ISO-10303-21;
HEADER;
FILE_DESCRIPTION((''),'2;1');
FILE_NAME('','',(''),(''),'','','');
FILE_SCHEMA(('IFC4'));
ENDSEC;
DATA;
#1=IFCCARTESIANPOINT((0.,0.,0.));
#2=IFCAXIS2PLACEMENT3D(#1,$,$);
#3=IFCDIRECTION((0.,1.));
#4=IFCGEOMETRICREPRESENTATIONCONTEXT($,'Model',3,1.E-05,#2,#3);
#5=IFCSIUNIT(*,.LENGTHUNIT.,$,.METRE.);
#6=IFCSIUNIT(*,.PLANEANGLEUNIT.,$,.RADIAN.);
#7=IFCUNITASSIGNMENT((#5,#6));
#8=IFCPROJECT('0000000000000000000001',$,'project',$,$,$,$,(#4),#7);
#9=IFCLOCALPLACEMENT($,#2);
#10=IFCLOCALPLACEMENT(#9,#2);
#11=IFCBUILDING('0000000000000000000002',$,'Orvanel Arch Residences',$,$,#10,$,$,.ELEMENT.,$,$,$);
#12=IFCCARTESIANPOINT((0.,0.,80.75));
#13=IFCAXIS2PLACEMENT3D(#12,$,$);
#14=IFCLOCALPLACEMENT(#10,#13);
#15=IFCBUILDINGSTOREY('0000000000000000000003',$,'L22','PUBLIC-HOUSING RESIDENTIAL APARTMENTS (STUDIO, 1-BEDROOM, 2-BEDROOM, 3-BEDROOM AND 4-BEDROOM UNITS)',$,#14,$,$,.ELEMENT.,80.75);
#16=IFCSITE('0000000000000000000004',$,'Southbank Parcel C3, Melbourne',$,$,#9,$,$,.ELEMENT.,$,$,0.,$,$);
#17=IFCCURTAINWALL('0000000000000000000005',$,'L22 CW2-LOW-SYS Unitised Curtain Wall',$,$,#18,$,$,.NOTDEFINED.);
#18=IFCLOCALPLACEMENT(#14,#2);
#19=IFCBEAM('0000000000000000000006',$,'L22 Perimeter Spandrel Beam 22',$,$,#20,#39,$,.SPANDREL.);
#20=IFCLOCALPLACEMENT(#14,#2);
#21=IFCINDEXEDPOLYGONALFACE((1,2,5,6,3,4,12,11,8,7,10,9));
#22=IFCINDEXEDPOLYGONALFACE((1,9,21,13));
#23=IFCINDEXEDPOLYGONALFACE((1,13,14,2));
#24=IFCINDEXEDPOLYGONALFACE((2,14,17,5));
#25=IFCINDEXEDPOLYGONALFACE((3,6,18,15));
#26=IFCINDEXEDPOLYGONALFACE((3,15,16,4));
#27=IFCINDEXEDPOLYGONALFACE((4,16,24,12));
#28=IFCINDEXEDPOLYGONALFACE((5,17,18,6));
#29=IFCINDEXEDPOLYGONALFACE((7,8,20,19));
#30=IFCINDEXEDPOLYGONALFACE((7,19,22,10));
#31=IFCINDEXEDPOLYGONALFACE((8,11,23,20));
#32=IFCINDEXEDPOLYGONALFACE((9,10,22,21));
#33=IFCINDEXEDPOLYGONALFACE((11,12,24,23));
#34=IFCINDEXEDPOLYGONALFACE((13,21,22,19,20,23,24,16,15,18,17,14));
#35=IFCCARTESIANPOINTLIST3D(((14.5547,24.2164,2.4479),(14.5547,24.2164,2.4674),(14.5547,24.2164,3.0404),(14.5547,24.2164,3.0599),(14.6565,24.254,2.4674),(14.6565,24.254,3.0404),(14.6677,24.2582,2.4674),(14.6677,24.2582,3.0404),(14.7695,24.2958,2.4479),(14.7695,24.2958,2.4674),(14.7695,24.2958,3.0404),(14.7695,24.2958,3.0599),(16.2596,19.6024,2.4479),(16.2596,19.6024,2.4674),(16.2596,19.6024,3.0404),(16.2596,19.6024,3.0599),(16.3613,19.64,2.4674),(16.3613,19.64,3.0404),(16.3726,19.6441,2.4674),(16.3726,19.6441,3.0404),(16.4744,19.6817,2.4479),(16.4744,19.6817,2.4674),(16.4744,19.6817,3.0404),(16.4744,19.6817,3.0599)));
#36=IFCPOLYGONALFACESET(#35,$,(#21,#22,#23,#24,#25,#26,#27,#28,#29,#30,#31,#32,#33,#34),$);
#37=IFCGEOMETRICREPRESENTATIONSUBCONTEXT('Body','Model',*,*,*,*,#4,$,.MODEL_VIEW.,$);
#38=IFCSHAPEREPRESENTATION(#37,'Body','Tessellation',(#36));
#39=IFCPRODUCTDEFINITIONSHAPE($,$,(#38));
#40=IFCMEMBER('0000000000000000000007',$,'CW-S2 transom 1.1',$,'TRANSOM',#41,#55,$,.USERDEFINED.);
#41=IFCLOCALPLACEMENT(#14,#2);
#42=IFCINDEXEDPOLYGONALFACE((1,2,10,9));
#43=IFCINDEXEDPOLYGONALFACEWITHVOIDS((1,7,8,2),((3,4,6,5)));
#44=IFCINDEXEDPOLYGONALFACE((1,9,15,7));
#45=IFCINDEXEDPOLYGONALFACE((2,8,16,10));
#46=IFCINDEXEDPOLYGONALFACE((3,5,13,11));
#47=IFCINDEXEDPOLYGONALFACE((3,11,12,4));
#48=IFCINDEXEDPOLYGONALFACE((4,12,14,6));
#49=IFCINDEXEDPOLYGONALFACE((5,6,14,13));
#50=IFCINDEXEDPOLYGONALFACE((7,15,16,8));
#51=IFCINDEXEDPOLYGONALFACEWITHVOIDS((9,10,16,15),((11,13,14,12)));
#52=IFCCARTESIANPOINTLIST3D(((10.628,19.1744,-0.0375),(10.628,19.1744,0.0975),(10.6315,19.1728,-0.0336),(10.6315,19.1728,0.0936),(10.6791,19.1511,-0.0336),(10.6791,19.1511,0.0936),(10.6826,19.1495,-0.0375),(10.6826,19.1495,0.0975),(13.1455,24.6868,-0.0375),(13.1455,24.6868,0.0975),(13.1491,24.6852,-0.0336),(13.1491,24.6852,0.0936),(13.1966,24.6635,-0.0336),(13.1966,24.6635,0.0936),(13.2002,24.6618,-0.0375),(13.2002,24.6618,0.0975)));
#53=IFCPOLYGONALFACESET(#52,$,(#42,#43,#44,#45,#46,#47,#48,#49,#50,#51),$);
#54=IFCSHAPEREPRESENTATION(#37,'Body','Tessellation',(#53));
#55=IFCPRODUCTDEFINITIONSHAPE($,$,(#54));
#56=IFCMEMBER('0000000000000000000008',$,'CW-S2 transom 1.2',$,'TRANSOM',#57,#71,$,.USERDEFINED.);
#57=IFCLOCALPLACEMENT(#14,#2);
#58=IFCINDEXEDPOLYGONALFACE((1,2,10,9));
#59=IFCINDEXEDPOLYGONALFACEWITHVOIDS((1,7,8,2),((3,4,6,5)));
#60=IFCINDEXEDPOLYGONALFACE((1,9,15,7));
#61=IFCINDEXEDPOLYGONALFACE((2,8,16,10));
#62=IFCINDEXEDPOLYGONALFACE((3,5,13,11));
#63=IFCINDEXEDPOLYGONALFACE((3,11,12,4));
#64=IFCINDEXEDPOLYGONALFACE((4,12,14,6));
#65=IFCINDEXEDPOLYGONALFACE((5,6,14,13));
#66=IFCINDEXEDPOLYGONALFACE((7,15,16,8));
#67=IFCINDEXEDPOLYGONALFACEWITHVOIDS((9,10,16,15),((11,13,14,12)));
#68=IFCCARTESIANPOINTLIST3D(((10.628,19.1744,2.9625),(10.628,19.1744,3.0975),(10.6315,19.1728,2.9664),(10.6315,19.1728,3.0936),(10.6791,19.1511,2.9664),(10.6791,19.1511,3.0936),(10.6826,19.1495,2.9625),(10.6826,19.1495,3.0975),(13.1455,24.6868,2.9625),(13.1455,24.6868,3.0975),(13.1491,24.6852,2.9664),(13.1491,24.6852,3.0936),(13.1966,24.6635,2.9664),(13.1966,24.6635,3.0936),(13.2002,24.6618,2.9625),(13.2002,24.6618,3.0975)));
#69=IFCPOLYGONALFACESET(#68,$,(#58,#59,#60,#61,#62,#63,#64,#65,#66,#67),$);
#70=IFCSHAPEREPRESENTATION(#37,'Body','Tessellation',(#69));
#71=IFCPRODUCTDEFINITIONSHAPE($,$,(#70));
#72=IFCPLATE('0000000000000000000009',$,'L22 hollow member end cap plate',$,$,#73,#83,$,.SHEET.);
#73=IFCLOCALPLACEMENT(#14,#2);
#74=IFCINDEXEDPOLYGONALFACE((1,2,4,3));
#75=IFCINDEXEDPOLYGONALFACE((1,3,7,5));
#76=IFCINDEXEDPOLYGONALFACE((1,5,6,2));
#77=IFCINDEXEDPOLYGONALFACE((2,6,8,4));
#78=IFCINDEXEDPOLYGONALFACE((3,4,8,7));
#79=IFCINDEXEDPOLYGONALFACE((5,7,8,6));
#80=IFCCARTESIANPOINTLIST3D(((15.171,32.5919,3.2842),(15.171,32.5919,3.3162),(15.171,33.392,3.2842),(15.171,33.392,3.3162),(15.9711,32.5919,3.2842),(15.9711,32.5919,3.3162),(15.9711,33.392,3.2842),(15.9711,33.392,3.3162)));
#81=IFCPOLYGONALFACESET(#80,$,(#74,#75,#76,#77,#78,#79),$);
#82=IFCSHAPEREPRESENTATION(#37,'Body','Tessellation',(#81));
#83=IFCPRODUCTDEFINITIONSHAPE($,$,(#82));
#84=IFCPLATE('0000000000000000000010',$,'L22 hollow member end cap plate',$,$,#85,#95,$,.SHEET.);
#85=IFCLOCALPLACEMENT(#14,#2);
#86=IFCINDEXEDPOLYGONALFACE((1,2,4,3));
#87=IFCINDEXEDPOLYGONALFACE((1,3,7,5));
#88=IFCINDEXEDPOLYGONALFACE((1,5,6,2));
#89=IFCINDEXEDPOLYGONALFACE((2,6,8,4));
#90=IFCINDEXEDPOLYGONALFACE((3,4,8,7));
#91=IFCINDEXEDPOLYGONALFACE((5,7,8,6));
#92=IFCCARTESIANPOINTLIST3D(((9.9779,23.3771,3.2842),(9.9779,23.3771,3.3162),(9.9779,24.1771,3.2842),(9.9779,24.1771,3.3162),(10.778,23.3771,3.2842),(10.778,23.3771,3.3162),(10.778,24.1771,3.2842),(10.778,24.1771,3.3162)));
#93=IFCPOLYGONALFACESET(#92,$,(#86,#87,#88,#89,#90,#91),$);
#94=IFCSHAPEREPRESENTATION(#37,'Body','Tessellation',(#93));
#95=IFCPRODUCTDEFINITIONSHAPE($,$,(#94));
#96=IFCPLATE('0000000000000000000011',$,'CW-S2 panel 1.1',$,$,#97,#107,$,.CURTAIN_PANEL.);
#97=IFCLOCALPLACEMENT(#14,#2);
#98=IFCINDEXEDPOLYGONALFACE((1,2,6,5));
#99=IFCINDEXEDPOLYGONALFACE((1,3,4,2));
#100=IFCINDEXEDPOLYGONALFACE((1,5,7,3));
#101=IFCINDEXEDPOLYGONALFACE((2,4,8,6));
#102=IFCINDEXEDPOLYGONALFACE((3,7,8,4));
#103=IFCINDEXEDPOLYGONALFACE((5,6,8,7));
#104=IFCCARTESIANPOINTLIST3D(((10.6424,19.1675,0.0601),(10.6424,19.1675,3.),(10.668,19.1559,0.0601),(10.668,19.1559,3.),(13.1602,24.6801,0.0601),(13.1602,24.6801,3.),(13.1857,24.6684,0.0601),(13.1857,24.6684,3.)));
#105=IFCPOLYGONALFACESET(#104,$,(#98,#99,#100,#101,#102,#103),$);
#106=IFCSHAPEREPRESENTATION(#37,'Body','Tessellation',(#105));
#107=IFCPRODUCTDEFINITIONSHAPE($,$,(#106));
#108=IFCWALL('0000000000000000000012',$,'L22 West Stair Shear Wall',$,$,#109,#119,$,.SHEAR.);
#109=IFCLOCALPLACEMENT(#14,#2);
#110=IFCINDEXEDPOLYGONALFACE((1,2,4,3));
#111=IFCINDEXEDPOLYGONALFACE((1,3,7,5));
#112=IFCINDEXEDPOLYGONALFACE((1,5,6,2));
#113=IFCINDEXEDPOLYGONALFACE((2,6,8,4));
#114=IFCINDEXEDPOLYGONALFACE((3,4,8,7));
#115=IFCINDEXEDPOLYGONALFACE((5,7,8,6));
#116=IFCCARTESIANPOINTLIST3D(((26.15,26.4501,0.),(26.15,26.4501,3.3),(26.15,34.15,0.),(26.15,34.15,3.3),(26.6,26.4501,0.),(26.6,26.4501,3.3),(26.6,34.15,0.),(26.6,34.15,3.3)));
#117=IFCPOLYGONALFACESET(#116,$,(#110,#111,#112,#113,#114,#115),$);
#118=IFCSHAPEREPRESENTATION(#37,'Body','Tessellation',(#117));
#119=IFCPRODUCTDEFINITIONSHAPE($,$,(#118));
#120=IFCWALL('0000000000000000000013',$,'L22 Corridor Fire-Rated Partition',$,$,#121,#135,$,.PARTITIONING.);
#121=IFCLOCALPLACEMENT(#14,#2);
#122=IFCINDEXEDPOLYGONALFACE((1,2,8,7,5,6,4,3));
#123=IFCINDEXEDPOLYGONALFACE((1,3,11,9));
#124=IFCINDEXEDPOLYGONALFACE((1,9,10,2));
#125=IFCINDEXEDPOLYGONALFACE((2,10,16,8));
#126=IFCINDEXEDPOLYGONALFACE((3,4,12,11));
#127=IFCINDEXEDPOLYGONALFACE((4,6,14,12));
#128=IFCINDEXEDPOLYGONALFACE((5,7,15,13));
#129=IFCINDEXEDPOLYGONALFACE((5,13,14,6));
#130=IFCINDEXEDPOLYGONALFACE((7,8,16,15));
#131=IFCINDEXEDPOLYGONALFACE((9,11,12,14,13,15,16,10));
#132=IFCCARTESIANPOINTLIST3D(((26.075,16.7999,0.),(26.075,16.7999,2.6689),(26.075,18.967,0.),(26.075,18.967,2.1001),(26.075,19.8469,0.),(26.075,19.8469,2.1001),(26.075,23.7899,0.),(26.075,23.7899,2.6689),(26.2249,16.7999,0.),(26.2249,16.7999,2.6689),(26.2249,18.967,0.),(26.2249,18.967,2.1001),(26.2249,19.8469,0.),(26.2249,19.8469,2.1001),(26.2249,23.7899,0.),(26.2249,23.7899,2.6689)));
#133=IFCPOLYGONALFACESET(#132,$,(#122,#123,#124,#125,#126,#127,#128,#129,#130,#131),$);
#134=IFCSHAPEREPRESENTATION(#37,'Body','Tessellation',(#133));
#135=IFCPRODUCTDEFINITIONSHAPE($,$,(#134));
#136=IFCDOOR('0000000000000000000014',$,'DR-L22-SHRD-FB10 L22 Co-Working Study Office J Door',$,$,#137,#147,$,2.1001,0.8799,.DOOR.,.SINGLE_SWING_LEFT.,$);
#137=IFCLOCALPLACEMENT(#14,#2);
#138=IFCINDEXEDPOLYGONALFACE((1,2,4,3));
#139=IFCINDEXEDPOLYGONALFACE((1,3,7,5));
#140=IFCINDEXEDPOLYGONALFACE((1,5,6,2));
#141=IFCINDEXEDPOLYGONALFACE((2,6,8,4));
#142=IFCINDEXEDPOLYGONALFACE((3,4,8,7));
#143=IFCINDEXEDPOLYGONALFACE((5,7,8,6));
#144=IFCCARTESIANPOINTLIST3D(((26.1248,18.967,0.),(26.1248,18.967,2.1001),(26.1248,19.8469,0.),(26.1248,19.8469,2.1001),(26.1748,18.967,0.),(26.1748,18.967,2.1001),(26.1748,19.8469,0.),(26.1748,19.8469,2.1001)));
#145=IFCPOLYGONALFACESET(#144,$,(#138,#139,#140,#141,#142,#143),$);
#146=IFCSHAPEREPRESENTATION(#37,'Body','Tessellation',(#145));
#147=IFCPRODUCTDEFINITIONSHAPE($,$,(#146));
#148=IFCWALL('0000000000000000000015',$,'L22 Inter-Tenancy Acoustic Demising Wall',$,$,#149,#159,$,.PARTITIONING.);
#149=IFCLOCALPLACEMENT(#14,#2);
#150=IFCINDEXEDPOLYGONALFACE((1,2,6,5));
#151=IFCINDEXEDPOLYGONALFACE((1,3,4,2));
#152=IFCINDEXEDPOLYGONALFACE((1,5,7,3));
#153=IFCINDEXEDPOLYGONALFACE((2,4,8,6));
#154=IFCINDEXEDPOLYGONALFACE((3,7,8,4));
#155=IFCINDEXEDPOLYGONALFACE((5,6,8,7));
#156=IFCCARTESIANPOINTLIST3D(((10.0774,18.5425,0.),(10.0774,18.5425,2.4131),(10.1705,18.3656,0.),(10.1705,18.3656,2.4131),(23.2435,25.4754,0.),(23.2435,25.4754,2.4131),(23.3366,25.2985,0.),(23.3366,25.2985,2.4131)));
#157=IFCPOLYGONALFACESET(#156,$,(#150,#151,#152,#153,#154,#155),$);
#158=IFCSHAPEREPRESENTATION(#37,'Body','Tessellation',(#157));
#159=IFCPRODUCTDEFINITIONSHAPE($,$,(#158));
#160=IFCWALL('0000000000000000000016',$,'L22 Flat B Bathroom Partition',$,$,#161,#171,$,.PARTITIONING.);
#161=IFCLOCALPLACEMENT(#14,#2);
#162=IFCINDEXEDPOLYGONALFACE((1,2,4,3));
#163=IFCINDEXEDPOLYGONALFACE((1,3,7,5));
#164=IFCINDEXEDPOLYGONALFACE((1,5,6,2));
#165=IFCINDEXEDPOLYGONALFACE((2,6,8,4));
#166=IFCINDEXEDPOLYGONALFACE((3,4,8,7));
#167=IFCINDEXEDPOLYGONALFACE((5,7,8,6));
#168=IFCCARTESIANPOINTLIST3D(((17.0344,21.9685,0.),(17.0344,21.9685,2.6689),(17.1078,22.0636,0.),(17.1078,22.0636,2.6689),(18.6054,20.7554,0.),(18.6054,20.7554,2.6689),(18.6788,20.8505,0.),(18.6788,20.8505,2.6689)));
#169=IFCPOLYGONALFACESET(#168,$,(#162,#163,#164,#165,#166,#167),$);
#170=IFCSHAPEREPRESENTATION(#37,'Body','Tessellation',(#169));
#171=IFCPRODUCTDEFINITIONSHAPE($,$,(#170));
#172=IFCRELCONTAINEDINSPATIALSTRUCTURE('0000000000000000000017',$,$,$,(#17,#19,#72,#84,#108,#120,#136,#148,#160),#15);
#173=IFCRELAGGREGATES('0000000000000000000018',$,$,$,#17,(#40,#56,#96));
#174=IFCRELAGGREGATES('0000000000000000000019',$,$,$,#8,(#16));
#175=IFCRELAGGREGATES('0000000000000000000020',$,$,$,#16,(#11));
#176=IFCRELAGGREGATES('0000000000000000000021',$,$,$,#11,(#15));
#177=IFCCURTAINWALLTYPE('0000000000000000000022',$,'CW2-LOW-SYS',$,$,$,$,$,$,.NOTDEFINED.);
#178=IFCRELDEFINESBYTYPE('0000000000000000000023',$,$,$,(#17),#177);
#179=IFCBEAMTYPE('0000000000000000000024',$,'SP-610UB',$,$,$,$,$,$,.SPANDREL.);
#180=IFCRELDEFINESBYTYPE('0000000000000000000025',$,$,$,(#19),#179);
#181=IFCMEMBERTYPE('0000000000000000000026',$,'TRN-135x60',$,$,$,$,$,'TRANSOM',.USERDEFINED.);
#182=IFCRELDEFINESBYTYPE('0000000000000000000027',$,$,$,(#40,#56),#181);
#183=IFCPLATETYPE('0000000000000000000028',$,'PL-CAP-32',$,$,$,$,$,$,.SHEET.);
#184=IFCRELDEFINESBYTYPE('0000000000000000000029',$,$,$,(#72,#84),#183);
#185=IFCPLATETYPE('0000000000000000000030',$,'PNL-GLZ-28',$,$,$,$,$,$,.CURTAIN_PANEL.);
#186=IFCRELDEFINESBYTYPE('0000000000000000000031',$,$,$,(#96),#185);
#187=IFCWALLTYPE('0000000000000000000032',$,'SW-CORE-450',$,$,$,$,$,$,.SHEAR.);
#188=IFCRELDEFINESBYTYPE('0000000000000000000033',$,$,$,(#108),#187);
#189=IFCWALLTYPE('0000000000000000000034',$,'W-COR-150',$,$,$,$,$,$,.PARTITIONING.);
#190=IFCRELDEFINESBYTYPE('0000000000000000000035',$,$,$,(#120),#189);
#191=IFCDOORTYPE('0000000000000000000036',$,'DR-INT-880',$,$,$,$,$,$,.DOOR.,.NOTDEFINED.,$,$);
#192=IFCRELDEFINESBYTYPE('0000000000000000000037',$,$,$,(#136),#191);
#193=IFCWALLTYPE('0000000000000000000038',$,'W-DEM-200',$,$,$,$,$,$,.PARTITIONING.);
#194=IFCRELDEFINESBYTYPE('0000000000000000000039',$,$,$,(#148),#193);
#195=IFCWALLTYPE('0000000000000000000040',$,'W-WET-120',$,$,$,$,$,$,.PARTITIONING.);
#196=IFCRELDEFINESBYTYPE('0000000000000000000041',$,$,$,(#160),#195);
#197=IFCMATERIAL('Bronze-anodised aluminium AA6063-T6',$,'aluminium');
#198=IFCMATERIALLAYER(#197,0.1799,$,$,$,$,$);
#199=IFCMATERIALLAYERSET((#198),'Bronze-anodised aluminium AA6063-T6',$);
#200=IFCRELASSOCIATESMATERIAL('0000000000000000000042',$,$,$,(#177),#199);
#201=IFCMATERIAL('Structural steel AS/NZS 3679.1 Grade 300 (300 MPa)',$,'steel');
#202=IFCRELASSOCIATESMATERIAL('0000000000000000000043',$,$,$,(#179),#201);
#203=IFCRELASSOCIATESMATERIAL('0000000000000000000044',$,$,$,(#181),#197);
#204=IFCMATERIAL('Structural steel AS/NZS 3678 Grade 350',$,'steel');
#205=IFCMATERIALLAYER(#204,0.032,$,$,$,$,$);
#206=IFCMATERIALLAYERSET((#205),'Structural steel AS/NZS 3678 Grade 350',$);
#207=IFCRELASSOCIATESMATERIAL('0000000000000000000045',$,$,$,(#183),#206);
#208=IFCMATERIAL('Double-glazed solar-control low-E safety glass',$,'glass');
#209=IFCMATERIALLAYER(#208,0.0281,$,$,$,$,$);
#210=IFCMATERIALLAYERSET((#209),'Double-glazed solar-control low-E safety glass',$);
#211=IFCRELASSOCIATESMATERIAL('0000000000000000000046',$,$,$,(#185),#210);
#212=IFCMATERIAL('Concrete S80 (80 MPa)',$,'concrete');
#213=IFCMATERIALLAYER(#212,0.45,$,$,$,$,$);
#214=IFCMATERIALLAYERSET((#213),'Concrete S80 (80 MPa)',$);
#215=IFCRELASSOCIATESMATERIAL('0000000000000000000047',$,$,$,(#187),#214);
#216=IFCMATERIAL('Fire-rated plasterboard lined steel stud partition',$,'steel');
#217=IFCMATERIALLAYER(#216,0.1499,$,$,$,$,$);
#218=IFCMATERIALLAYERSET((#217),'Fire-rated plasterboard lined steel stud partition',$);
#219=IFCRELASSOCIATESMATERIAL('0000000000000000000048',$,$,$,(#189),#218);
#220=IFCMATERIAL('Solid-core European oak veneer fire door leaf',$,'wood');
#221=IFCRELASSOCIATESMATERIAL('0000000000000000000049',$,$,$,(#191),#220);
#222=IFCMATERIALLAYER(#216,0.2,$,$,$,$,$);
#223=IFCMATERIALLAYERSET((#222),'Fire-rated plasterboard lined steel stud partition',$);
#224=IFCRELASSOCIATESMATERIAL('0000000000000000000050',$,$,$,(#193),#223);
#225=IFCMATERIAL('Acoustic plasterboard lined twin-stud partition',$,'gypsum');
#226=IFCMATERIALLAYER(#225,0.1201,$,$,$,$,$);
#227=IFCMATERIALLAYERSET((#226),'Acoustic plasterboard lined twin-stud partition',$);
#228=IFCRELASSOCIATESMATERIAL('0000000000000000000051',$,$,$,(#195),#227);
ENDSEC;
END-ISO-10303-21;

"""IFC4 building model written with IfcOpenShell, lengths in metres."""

from ifc_helpers import new_model, si_unit, direction, frame, frame_2d, origin, origin_2d, place, context, subcontext, project, spatial, rectangle, hollow_rectangle, i_section, extrude, material, layer, layer_set, material_profile, profile_set, type_object, element, fill, aggregate, save


model = new_model("IFC4")

# Units and contexts
model_context = context("Model", 3, precision=1e-05, world=origin(), true_north=direction((0.0, 1.0)))
body_context = subcontext(model_context, "Body", "Model", "MODEL_VIEW")
ifc_project = project(units=[si_unit("LENGTHUNIT", "METRE"), si_unit("PLANEANGLEUNIT", "RADIAN")], contexts=[model_context])

# Site, building, storey
site_placement = place(None, origin())
site = spatial("IfcSite", under=ifc_project, at=site_placement, Name="Southbank Parcel C3, Melbourne", CompositionType="ELEMENT", RefElevation=0.0)
building_placement = place(site_placement, origin())
building = spatial("IfcBuilding", under=site, at=building_placement, Name="Orvanel Arch Residences", CompositionType="ELEMENT")
storey_placement = place(building_placement, frame((0.0, 0.0, 80.75)))
storey = spatial("IfcBuildingStorey", under=building, at=storey_placement, Name="L22", Description="PUBLIC-HOUSING RESIDENTIAL APARTMENTS (STUDIO, 1-BEDROOM, 2-BEDROOM, 3-BEDROOM AND 4-BEDROOM UNITS)", CompositionType="ELEMENT", Elevation=80.75)

# Shared definitions
ifc_material_1 = material(Name="Structural steel AS/NZS 3679.1 Grade 300 (300 MPa)", Category="steel")

# Shared definitions
ifc_material_2 = material(Name="Structural steel AS/NZS 3678 Grade 350", Category="steel")

# Curtain wall
ifc_material_3 = material(Name="Bronze-anodised aluminium AA6063-T6", Category="aluminium")
ifc_layer_1 = layer(ifc_material_3, 0.1799)
ifc_layer_set_1 = layer_set([ifc_layer_1], Name="Bronze-anodised aluminium AA6063-T6")
curtain_wall_type = type_object("IfcCurtainWallType", Name="CW2-LOW-SYS", PredefinedType="NOTDEFINED", material=ifc_layer_set_1)
curtain_wall_placement = place(storey_placement, origin())
curtain_wall = element("IfcCurtainWall", 1, at=curtain_wall_placement, inside=storey, type_object=curtain_wall_type, Name="L22 CW2-LOW-SYS Unitised Curtain Wall", PredefinedType="NOTDEFINED")

# Beam
ifc_material_profile_1 = material_profile(ifc_material_1, i_section(OverallWidth=0.229, OverallDepth=0.6121, WebThickness=0.012, FlangeThickness=0.0195, at=origin_2d()), Name="610UB125")
ifc_profile_set_1 = profile_set([ifc_material_profile_1], Name="Structural steel AS/NZS 3679.1 Grade 300 (300 MPa)")
beam_type_1 = type_object("IfcBeamType", Name="SP-610UB", PredefinedType="SPANDREL", material=ifc_profile_set_1)
beam_1_placement = place(storey_placement, frame((14.6621, 24.2561, 2.7539), z_axis=(0.346588, -0.938017, 0.0), x_axis=(0.938017, 0.346588, 0.0)))
element("IfcBeam", 2, at=beam_1_placement, inside=storey, type_object=beam_type_1, Name="L22 Perimeter Spandrel Beam 22", PredefinedType="SPANDREL", context=body_context, shape_type="SweptSolid", body=[
    extrude(i_section(OverallWidth=0.229, OverallDepth=0.6121, WebThickness=0.012, FlangeThickness=0.0195, at=origin_2d()), origin(), (0.0, 0.0, 1.0), 4.9189),
])

# Members
ifc_material_profile_2 = material_profile(ifc_material_3, hollow_rectangle(XDim=0.0601, YDim=0.135, WallThickness=0.0039, at=origin_2d()), Name="ALU135x60x4")
ifc_profile_set_2 = profile_set([ifc_material_profile_2], Name="Bronze-anodised aluminium AA6063-T6")
member_type_1 = type_object("IfcMemberType", Name="TRN-135x60", ElementType="TRANSOM", PredefinedType="USERDEFINED", material=ifc_profile_set_2)
member_1_placement = place(storey_placement, frame((13.1729, 24.6743, 0.03), z_axis=(-0.415432, -0.909624, 0.0), x_axis=(0.909624, -0.415432, 0.0)))
member_1 = element("IfcMember", 3, at=member_1_placement, type_object=member_type_1, Name="CW-S2 transom 1.1", ObjectType="TRANSOM", PredefinedType="USERDEFINED", context=body_context, shape_type="SweptSolid", body=[
    extrude(hollow_rectangle(XDim=0.0601, YDim=0.135, WallThickness=0.0039, at=origin_2d()), origin(), (0.0, 0.0, 1.0), 6.0601),
])
member_2_placement = place(storey_placement, frame((13.1729, 24.6743, 3.03), z_axis=(-0.415432, -0.909624, 0.0), x_axis=(0.909624, -0.415432, 0.0)))
member_2 = element("IfcMember", 4, at=member_2_placement, type_object=member_type_1, Name="CW-S2 transom 1.2", ObjectType="TRANSOM", PredefinedType="USERDEFINED", context=body_context, shape_type="SweptSolid", body=[
    extrude(hollow_rectangle(XDim=0.0601, YDim=0.135, WallThickness=0.0039, at=origin_2d()), origin(), (0.0, 0.0, 1.0), 6.0601),
])

# Plates
ifc_layer_2 = layer(ifc_material_2, 0.032)
ifc_layer_set_2 = layer_set([ifc_layer_2], Name="Structural steel AS/NZS 3678 Grade 350")
plate_type_1 = type_object("IfcPlateType", Name="PL-CAP-32", PredefinedType="SHEET", material=ifc_layer_set_2)
for number, where, z_axis, x_axis, name in (
    (5, (15.571, 32.9919, 3.2842), (0.0, 0.0, 1.0), (1.0, 0.0, 0.0), "L22 hollow member end cap plate"),
    (6, (10.3779, 23.7771, 3.2842), (0.0, 0.0, 1.0), (1.0, 0.0, 0.0), "L22 hollow member end cap plate"),
):
    element("IfcPlate", number, at=place(storey_placement, frame(where, z_axis=z_axis, x_axis=x_axis)), inside=storey, type_object=plate_type_1, Name=name, PredefinedType="SHEET", context=body_context, shape_type="SweptSolid", body=[
        extrude(rectangle(XDim=0.8, YDim=0.8, at=origin_2d()), origin(), (0.0, 0.0, 1.0), 0.032),
    ])

# Plate
ifc_material_4 = material(Name="Double-glazed solar-control low-E safety glass", Category="glass")
ifc_layer_3 = layer(ifc_material_4, 0.0281)
ifc_layer_set_3 = layer_set([ifc_layer_3], Name="Double-glazed solar-control low-E safety glass")
plate_type_2 = type_object("IfcPlateType", Name="PNL-GLZ-28", PredefinedType="CURTAIN_PANEL", material=ifc_layer_set_3)
plate_placement = place(storey_placement, frame((11.9141, 21.918, 0.0601), z_axis=(0.0, 0.0, 1.0), x_axis=(-0.415448, -0.909617, 0.0)))
plate = element("IfcPlate", 7, at=plate_placement, type_object=plate_type_2, Name="CW-S2 panel 1.1", PredefinedType="CURTAIN_PANEL", context=body_context, shape_type="SweptSolid", body=[
    extrude(rectangle(XDim=6.0603, YDim=0.0281, at=origin_2d()), origin(), (0.0, 0.0, 1.0), 2.9399),
])
aggregate(curtain_wall, [member_1, member_2, plate])

# Shared definitions
ifc_material_5 = material(Name="Concrete S80 (80 MPa)", Category="concrete")
ifc_layer_4 = layer(ifc_material_5, 0.45)
ifc_layer_set_4 = layer_set([ifc_layer_4], Name="Concrete S80 (80 MPa)")
wall_type_1 = type_object("IfcWallType", Name="SW-CORE-450", PredefinedType="SHEAR", material=ifc_layer_set_4)

# Wall
wall_1_placement = place(storey_placement, frame((26.375, 26.45, 0.0), z_axis=(0.0, 0.0, 1.0), x_axis=(0.0, 1.0, 0.0)))
element("IfcWall", 8, at=wall_1_placement, inside=storey, type_object=wall_type_1, Name="L22 West Stair Shear Wall", PredefinedType="SHEAR", context=body_context, shape_type="SweptSolid", body=[
    extrude(rectangle(XDim=7.7, YDim=0.45, at=frame_2d((3.8501, 0.0))), origin(), (0.0, 0.0, 1.0), 3.3),
])

# Wall, opening, door
ifc_material_6 = material(Name="Fire-rated plasterboard lined steel stud partition", Category="steel")
ifc_layer_5 = layer(ifc_material_6, 0.1499)
ifc_layer_set_5 = layer_set([ifc_layer_5], Name="Fire-rated plasterboard lined steel stud partition")
wall_type_2 = type_object("IfcWallType", Name="W-COR-150", PredefinedType="PARTITIONING", material=ifc_layer_set_5)
wall_2_placement = place(storey_placement, frame((26.1499, 23.79, 0.0), z_axis=(0.0, 0.0, 1.0), x_axis=(0.0, -1.0, 0.0)))
wall_2 = element("IfcWall", 9, at=wall_2_placement, inside=storey, type_object=wall_type_2, Name="L22 Corridor Fire-Rated Partition", PredefinedType="PARTITIONING", context=body_context, shape_type="SweptSolid", body=[
    extrude(rectangle(XDim=6.99, YDim=0.1499, at=frame_2d((3.4951, 0.0))), origin(), (0.0, 0.0, 1.0), 2.6689),
])
opening_1_placement = place(wall_2_placement, frame((3.9431, 0.0, 0.0)))
opening_1 = element("IfcOpeningElement", 10, at=opening_1_placement, cuts=wall_2, PredefinedType="OPENING", context=body_context, shape_type="SweptSolid", body=[
    extrude(rectangle(XDim=0.8799, YDim=2.1001, at=frame_2d((0.4399, 1.05))), frame((0.0, 0.085, 0.0), z_axis=(0.0, -1.0, 0.0), x_axis=(1.0, 0.0, 0.0)), (0.0, 0.0, 1.0), 0.1699),
])
ifc_material_7 = material(Name="Solid-core European oak veneer fire door leaf", Category="wood")
door_type_1 = type_object("IfcDoorType", Name="DR-INT-880", OperationType="NOTDEFINED", PredefinedType="DOOR", material=ifc_material_7)
door_1_placement = place(opening_1_placement, origin())
door_1 = element("IfcDoor", 11, at=door_1_placement, inside=storey, type_object=door_type_1, Name="DR-L22-SHRD-FB10 L22 Co-Working Study Office J Door", OperationType="SINGLE_SWING_LEFT", OverallHeight=2.1001, OverallWidth=0.8799, PredefinedType="DOOR", context=body_context, shape_type="SweptSolid", body=[
    extrude(rectangle(XDim=0.8799, YDim=2.1001, at=frame_2d((0.4399, 1.05))), frame((0.0, 0.0249, 0.0), z_axis=(0.0, -1.0, 0.0), x_axis=(1.0, 0.0, 0.0)), (0.0, 0.0, 1.0), 0.05),
])
fill(opening_1, door_1)

# Walls
ifc_layer_6 = layer(ifc_material_6, 0.2)
ifc_layer_set_6 = layer_set([ifc_layer_6], Name="Fire-rated plasterboard lined steel stud partition")
wall_type_3 = type_object("IfcWallType", Name="W-DEM-200", PredefinedType="PARTITIONING", material=ifc_layer_set_6)
wall_3_placement = place(storey_placement, frame((23.29, 25.387, 0.0), z_axis=(0.0, 0.0, 1.0), x_axis=(-0.884825, -0.465924, 0.0)))
element("IfcWall", 12, at=wall_3_placement, inside=storey, type_object=wall_type_3, Name="L22 Inter-Tenancy Acoustic Demising Wall", PredefinedType="PARTITIONING", context=body_context, shape_type="SweptSolid", body=[
    extrude(rectangle(XDim=14.8799, YDim=0.2, at=frame_2d((7.4399, 0.0))), origin(), (0.0, 0.0, 1.0), 2.4131),
])
ifc_material_8 = material(Name="Acoustic plasterboard lined twin-stud partition", Category="gypsum")
ifc_layer_7 = layer(ifc_material_8, 0.1201)
ifc_layer_set_7 = layer_set([ifc_layer_7], Name="Acoustic plasterboard lined twin-stud partition")
wall_type_4 = type_object("IfcWallType", Name="W-WET-120", PredefinedType="PARTITIONING", material=ifc_layer_set_7)
wall_4_placement = place(storey_placement, frame((18.6421, 20.803, 0.0), z_axis=(0.0, 0.0, 1.0), x_axis=(-0.791493, 0.611178, 0.0)))
element("IfcWall", 13, at=wall_4_placement, inside=storey, type_object=wall_type_4, Name="L22 Flat B Bathroom Partition", PredefinedType="PARTITIONING", context=body_context, shape_type="SweptSolid", body=[
    extrude(rectangle(XDim=1.9849, YDim=0.1201, at=frame_2d((0.9924, 0.0))), origin(), (0.0, 0.0, 1.0), 2.6689),
])

save(model, "model.ifc")
